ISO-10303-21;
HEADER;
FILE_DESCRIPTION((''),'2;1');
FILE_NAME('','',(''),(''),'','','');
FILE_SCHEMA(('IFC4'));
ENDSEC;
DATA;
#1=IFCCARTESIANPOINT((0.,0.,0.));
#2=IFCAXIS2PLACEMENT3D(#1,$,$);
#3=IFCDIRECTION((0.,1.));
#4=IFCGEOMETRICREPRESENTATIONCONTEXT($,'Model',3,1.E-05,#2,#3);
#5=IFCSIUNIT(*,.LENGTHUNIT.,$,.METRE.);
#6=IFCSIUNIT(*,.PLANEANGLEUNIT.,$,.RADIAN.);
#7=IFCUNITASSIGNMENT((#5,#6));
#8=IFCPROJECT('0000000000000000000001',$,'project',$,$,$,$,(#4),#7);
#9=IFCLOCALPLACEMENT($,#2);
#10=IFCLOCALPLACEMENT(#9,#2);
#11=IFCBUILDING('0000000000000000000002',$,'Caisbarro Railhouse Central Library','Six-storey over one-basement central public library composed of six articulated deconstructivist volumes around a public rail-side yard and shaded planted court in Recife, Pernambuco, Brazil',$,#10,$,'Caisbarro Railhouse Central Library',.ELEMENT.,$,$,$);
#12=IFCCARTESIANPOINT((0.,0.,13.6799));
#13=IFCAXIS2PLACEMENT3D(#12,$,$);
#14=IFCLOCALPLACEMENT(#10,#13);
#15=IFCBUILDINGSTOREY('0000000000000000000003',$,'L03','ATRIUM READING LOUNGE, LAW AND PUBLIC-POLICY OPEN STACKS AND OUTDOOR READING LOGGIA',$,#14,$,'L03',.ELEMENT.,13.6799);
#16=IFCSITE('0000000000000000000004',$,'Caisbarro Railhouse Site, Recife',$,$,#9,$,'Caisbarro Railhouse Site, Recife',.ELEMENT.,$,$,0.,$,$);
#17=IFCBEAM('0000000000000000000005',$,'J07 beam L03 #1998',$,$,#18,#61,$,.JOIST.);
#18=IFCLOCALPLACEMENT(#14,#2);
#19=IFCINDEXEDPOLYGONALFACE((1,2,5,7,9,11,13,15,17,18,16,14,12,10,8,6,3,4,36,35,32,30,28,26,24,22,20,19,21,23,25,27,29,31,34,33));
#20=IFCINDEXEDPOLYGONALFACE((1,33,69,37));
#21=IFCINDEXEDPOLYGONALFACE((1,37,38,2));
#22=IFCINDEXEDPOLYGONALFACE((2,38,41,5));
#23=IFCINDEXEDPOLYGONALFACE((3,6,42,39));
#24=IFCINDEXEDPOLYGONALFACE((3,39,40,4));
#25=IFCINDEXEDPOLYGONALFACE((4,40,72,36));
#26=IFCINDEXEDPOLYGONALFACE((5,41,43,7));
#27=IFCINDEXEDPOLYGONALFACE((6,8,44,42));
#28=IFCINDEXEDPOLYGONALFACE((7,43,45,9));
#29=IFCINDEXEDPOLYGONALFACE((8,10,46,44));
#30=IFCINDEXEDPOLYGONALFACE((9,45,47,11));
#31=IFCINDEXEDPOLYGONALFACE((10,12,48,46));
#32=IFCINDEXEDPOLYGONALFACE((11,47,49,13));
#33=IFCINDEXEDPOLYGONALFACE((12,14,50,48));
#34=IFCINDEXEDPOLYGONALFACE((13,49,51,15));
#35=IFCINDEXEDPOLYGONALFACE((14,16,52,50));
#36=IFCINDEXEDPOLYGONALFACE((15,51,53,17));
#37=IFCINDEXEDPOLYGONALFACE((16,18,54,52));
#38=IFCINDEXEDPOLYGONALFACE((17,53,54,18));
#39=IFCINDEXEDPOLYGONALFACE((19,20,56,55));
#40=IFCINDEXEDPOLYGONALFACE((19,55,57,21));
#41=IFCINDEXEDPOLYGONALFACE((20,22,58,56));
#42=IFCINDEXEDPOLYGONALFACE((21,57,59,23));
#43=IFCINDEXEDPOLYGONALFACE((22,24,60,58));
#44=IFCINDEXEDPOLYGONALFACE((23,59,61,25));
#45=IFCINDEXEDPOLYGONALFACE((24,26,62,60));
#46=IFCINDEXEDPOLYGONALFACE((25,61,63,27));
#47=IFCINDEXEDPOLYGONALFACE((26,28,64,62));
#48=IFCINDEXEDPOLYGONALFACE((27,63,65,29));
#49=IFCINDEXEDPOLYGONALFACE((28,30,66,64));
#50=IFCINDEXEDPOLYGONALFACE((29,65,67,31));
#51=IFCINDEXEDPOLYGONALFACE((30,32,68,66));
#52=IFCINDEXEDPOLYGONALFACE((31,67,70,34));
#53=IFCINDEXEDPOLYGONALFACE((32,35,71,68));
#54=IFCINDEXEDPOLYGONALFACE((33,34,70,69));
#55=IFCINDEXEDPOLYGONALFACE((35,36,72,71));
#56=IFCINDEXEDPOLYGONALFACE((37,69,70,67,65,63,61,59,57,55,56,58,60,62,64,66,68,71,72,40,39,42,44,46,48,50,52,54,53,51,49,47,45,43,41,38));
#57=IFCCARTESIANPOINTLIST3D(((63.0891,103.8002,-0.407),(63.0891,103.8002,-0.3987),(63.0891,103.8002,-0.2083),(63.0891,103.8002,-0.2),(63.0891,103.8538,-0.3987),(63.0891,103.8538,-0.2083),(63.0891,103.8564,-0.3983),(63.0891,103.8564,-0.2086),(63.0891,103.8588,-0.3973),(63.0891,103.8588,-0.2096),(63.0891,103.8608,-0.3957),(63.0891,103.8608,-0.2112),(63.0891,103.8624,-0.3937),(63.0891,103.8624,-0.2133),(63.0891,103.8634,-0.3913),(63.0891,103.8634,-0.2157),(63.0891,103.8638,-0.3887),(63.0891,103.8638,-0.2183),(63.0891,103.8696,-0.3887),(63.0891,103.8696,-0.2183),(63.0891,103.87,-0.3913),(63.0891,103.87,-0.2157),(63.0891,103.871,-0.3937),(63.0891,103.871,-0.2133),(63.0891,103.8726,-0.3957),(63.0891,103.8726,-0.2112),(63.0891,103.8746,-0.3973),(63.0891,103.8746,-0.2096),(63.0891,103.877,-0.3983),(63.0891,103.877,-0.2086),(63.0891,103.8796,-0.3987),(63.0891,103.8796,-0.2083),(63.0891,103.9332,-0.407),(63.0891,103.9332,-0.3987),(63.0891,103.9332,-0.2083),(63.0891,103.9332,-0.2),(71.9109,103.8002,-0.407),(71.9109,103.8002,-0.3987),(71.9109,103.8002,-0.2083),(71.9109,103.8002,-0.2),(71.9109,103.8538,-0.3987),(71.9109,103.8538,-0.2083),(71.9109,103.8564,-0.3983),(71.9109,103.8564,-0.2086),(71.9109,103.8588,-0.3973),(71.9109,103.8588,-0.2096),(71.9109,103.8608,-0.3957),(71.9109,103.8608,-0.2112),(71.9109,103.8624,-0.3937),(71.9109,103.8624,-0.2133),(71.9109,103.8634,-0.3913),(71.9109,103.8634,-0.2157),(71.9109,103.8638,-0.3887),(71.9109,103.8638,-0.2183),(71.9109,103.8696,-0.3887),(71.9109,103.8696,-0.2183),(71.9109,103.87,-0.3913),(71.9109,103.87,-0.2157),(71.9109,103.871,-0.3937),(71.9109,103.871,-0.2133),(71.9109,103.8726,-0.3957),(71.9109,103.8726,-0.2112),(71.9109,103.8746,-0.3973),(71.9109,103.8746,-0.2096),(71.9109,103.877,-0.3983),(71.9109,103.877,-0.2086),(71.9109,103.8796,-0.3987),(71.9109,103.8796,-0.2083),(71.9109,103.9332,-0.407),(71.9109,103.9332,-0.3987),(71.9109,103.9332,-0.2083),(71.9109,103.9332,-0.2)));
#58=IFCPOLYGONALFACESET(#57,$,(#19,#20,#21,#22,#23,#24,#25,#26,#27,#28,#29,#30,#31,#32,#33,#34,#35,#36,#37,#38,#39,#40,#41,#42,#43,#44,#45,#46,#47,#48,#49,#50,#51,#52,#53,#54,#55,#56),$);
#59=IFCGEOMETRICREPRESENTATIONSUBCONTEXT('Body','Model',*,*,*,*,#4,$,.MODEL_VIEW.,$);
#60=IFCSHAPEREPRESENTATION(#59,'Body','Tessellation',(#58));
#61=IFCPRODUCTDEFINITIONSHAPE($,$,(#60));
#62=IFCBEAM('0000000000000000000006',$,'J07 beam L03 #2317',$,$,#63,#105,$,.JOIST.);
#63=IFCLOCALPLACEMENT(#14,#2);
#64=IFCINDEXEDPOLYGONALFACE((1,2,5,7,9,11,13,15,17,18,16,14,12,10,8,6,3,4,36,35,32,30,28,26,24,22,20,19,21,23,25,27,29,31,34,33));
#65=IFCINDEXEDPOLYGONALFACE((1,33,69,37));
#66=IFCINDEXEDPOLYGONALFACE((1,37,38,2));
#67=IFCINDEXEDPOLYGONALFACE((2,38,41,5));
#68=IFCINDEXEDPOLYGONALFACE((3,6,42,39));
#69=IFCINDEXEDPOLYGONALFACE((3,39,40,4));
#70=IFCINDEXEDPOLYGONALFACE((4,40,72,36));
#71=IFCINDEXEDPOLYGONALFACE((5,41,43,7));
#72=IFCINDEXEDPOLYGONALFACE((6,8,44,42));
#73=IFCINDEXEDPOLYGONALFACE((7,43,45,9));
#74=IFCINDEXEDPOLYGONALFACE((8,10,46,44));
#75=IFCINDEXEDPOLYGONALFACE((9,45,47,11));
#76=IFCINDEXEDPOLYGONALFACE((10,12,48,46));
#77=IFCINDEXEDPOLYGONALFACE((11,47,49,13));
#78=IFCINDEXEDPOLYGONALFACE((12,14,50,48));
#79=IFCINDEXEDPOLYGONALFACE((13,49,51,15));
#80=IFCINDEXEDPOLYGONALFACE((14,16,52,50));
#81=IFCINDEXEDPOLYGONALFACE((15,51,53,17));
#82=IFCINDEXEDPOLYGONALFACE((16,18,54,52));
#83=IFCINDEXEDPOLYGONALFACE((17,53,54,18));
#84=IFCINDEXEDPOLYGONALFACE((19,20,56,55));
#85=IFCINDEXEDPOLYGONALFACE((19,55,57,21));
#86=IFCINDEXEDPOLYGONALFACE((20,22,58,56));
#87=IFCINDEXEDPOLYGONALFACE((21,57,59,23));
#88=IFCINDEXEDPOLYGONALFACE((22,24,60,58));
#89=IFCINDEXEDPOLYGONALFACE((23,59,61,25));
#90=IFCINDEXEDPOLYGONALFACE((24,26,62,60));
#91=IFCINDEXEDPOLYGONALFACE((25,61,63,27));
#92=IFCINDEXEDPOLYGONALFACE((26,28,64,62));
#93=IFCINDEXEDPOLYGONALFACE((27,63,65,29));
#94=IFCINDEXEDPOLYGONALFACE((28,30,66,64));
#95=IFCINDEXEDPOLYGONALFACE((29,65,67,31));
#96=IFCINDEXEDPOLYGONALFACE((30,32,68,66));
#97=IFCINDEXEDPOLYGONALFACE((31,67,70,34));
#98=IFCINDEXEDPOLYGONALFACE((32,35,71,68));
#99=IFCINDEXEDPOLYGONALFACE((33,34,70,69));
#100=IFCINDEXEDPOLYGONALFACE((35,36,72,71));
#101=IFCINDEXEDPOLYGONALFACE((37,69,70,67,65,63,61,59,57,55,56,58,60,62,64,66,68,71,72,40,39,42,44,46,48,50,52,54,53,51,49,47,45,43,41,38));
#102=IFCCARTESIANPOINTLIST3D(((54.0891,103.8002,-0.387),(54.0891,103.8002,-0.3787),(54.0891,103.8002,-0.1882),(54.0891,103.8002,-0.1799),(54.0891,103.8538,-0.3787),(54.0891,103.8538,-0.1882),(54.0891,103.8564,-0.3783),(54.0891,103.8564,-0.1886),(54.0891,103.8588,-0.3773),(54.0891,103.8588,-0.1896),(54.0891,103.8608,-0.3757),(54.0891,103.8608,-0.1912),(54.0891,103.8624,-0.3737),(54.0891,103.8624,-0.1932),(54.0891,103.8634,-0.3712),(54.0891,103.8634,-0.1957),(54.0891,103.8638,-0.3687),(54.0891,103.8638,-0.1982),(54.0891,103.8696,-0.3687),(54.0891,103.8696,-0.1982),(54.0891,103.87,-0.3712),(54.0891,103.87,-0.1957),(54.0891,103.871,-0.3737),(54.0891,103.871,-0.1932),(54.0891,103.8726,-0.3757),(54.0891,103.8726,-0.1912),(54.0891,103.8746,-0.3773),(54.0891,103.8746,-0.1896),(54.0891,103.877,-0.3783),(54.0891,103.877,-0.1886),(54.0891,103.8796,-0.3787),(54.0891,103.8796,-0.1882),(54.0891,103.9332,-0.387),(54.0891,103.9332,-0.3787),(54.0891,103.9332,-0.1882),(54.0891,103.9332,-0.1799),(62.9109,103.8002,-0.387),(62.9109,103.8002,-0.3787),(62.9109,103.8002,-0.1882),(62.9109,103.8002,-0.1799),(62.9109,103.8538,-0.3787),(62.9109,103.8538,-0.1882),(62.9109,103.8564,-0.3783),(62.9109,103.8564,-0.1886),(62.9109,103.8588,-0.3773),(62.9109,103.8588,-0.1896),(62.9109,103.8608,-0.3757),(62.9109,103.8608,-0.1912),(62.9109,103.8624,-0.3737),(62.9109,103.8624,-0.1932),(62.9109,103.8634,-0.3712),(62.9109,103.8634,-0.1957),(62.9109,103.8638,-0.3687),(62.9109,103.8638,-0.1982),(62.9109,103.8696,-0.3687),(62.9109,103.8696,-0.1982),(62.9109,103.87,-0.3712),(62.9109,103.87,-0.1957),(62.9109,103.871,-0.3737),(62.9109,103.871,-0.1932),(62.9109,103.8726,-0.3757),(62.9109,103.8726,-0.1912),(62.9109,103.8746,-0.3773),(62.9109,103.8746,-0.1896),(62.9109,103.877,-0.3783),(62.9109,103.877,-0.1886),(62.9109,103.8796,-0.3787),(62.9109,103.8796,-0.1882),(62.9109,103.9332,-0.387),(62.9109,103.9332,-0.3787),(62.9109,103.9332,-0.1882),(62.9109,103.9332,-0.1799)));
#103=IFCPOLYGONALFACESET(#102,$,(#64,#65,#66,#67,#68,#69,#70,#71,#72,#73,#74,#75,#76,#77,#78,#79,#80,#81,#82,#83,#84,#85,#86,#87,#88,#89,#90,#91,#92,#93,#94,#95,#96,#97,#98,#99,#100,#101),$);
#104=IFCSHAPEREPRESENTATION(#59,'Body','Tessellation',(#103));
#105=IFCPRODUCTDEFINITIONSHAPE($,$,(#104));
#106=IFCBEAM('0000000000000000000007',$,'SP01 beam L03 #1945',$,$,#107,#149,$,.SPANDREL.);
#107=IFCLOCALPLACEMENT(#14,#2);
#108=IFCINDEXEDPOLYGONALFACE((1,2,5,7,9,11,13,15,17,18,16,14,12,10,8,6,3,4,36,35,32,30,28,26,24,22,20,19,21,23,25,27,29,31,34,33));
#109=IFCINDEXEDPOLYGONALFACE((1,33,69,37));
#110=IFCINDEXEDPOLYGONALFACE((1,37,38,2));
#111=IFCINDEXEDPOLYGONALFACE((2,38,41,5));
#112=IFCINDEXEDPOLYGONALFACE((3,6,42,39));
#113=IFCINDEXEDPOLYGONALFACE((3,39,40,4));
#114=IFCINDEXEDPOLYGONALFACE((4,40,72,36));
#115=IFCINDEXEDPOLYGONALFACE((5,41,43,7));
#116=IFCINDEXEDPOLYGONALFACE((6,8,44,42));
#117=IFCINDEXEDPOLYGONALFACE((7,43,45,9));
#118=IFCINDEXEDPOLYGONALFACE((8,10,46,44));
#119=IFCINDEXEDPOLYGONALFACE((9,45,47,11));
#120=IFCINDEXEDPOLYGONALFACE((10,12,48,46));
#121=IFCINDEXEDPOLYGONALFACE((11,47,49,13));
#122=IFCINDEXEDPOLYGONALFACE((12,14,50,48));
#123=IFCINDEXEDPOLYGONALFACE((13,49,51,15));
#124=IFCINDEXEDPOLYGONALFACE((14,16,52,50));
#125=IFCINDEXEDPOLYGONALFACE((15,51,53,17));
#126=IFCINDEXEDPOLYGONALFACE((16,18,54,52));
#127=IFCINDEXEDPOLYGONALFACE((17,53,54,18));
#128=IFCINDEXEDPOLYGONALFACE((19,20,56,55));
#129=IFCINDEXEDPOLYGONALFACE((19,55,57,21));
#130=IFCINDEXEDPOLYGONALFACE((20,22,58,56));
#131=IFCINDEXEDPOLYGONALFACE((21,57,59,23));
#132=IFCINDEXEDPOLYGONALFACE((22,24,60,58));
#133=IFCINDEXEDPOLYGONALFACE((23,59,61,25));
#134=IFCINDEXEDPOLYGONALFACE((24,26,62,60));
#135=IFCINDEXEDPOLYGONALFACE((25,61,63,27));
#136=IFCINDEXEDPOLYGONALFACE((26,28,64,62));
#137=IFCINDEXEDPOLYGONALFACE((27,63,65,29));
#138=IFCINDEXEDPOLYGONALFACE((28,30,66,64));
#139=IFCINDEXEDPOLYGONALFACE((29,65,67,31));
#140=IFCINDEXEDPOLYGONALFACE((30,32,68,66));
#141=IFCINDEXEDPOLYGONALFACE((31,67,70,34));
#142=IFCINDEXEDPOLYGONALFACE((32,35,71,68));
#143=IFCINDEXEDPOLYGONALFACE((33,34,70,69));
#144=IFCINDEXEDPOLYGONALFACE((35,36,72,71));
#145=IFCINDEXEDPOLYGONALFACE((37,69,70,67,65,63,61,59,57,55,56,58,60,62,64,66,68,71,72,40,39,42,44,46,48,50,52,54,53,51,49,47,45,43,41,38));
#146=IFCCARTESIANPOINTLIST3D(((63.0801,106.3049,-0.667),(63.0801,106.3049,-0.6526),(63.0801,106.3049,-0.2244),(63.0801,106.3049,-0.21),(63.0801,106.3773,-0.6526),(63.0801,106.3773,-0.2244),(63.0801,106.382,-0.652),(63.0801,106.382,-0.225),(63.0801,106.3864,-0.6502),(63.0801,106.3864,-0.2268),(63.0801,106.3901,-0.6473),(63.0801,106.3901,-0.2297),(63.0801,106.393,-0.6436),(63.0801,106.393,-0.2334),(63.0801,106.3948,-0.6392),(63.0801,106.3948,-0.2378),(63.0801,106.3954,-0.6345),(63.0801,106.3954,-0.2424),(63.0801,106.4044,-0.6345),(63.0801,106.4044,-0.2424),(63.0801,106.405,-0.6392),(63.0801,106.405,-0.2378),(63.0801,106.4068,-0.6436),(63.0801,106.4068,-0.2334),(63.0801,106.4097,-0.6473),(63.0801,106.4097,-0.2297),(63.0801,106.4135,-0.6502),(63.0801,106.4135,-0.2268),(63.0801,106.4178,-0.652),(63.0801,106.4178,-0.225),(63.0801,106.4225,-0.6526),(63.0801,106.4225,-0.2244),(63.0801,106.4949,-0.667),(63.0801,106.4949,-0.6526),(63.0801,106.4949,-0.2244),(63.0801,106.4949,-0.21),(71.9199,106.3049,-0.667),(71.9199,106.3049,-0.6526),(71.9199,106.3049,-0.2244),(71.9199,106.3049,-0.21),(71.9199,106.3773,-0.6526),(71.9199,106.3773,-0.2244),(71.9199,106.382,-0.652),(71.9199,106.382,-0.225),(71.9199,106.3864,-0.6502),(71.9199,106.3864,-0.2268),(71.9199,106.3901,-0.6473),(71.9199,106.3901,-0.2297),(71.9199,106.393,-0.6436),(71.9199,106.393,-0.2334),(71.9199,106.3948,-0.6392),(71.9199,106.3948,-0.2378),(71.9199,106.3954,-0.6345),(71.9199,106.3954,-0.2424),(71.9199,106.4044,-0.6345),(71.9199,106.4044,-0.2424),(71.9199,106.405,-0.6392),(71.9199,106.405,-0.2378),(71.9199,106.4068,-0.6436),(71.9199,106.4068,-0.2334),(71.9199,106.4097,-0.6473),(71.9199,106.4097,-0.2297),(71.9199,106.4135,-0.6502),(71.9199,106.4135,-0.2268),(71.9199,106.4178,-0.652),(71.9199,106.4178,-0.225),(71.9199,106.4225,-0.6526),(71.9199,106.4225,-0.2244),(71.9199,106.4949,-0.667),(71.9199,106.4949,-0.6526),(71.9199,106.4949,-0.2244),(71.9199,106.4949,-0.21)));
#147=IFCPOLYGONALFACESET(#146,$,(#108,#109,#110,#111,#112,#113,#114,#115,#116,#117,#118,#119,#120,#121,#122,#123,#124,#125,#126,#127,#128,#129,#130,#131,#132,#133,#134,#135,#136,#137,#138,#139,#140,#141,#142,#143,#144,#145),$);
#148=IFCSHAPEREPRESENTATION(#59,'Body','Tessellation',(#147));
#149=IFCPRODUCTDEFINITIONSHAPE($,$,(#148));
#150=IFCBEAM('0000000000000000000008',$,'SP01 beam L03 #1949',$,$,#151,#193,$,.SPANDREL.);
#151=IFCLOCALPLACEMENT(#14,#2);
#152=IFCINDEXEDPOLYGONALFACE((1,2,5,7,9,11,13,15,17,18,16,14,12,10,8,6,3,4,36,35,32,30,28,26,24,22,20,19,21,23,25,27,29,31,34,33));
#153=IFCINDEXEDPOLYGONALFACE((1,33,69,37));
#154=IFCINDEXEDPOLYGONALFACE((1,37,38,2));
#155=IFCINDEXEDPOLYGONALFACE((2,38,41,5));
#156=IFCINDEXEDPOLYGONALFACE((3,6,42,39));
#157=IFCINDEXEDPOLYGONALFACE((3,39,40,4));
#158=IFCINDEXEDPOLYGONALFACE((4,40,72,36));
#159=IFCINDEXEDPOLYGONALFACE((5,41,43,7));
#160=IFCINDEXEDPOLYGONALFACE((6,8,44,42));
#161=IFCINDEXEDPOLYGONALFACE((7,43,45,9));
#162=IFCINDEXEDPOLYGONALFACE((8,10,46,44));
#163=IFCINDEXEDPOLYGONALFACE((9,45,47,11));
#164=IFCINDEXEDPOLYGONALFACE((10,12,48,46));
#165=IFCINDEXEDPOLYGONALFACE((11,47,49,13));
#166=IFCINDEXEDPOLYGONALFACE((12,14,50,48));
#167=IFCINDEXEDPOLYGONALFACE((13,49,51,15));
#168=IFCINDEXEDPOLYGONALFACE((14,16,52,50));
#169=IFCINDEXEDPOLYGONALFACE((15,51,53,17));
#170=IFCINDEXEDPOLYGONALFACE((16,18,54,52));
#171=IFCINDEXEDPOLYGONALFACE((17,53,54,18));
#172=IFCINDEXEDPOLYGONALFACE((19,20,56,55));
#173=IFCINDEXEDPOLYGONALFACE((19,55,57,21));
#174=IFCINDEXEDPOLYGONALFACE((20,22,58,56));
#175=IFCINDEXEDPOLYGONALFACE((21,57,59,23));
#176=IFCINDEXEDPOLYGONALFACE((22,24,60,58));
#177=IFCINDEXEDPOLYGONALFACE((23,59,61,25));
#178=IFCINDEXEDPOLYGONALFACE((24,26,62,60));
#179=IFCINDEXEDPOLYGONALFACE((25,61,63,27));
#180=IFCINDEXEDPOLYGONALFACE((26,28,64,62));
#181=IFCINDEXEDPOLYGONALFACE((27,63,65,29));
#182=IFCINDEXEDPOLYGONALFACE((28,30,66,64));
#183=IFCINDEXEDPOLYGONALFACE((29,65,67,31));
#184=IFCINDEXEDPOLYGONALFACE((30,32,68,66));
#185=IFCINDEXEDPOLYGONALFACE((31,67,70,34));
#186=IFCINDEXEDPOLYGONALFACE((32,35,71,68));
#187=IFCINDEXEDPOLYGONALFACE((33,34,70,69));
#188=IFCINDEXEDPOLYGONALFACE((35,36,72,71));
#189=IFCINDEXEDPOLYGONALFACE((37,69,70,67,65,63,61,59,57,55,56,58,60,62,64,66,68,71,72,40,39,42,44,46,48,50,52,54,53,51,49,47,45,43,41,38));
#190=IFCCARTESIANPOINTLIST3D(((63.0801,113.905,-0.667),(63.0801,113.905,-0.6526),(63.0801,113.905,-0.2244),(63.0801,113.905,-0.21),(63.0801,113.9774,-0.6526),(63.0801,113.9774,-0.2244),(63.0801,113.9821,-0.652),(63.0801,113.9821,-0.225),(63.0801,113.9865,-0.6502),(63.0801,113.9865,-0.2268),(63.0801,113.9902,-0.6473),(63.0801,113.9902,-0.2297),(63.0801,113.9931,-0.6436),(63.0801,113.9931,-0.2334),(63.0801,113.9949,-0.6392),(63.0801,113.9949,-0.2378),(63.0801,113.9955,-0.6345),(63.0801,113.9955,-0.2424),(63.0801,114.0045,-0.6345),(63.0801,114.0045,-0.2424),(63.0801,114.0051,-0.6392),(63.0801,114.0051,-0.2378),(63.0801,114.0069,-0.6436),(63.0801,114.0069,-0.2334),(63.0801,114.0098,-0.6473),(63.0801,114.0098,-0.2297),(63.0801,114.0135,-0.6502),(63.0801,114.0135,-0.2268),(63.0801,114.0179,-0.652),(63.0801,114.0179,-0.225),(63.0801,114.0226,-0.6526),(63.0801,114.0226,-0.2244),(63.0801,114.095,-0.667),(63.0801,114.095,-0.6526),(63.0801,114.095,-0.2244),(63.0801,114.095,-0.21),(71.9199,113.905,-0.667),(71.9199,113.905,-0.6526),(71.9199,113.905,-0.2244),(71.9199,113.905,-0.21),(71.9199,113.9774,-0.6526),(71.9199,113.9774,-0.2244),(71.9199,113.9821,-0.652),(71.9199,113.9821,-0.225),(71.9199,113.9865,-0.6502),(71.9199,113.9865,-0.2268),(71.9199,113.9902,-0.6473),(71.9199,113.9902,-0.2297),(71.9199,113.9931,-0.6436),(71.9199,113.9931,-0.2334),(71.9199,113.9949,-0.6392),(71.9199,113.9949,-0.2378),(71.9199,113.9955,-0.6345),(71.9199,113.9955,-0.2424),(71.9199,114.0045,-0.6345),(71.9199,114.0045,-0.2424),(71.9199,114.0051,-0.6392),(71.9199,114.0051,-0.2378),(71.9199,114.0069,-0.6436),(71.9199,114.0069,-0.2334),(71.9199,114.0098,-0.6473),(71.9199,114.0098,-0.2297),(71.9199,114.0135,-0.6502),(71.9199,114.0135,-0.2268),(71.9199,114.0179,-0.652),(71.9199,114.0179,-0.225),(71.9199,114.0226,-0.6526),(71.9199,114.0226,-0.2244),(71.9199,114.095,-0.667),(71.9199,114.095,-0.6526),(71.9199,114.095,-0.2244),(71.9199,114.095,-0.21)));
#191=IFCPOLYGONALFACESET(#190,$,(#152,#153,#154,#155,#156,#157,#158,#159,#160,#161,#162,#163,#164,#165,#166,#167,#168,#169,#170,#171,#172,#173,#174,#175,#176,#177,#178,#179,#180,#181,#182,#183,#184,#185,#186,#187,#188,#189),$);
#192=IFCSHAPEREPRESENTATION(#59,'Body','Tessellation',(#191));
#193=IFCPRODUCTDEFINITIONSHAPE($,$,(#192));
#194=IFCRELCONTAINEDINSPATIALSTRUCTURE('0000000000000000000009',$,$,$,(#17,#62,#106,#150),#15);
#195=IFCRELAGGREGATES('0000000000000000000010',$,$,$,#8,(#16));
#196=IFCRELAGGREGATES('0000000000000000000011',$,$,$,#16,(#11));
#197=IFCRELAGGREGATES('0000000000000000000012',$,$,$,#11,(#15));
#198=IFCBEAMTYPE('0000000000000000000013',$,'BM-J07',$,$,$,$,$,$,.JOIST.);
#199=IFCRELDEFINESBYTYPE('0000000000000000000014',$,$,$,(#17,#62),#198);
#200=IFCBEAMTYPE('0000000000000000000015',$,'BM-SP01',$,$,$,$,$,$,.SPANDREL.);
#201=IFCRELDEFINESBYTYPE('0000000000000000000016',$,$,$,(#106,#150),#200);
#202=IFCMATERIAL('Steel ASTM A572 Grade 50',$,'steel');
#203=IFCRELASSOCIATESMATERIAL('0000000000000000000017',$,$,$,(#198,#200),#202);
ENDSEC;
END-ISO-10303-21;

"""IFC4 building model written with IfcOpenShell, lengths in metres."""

from ifc_helpers import new_model, si_unit, direction, frame, origin, origin_2d, place, context, subcontext, project, spatial, i_section, extrude, material, material_profile, profile_set, type_object, element, save


model = new_model("IFC4")

# Units and contexts
model_context = context("Model", 3, precision=1e-05, world=origin(), true_north=direction((0.0, 1.0)))
body_context = subcontext(model_context, "Body", "Model", "MODEL_VIEW")
ifc_project = project(units=[si_unit("LENGTHUNIT", "METRE"), si_unit("PLANEANGLEUNIT", "RADIAN")], contexts=[model_context])

# Site, building, storey
site_placement = place(None, origin())
site = spatial("IfcSite", under=ifc_project, at=site_placement, Name="Caisbarro Railhouse Site, Recife", LongName="Caisbarro Railhouse Site, Recife", CompositionType="ELEMENT", RefElevation=0.0)
building_placement = place(site_placement, origin())
building = spatial("IfcBuilding", under=site, at=building_placement, Name="Caisbarro Railhouse Central Library", Description="Six-storey over one-basement central public library composed of six articulated deconstructivist volumes around a public rail-side yard and shaded planted court in Recife, Pernambuco, Brazil", LongName="Caisbarro Railhouse Central Library", CompositionType="ELEMENT")
storey_placement = place(building_placement, frame((0.0, 0.0, 13.6799)))
storey = spatial("IfcBuildingStorey", under=building, at=storey_placement, Name="L03", Description="ATRIUM READING LOUNGE, LAW AND PUBLIC-POLICY OPEN STACKS AND OUTDOOR READING LOGGIA", LongName="L03", CompositionType="ELEMENT", Elevation=13.6799)

# Shared definitions
ifc_material_1 = material(Name="Steel ASTM A572 Grade 50", Category="steel")

# Beams
ifc_material_profile_1 = material_profile(ifc_material_1, i_section(OverallWidth=0.1331, OverallDepth=0.207, WebThickness=0.0059, FlangeThickness=0.0083, FilletRadius=0.01, at=origin_2d()), Name="W200X26.6")
ifc_profile_set_1 = profile_set([ifc_material_profile_1], Name="Steel ASTM A572 Grade 50")
beam_type_1 = type_object("IfcBeamType", Name="BM-J07", PredefinedType="JOIST", material=ifc_profile_set_1)
for number, where, z_axis, x_axis, name in (
    (1, (63.0891, 103.8667, -0.3035), (1.0, 0.0, 0.0), (0.0, 1.0, 0.0), "J07 beam L03 #1998"),
    (2, (54.0891, 103.8667, -0.2834), (1.0, 0.0, 0.0), (0.0, 1.0, 0.0), "J07 beam L03 #2317"),
):
    element("IfcBeam", number, at=place(storey_placement, frame(where, z_axis=z_axis, x_axis=x_axis)), inside=storey, type_object=beam_type_1, Name=name, PredefinedType="JOIST", context=body_context, shape_type="SweptSolid", body=[
        extrude(i_section(OverallWidth=0.1331, OverallDepth=0.207, WebThickness=0.0059, FlangeThickness=0.0083, FilletRadius=0.01, at=origin_2d()), origin(), (0.0, 0.0, 1.0), 8.8218),
    ])
ifc_material_profile_2 = material_profile(ifc_material_1, i_section(OverallWidth=0.1899, OverallDepth=0.457, WebThickness=0.009, FlangeThickness=0.0144, FilletRadius=0.0181, at=origin_2d()), Name="W460X74.0")
ifc_profile_set_2 = profile_set([ifc_material_profile_2], Name="Steel ASTM A572 Grade 50")
beam_type_2 = type_object("IfcBeamType", Name="BM-SP01", PredefinedType="SPANDREL", material=ifc_profile_set_2)
for number, where, z_axis, x_axis, name in (
    (3, (63.0801, 106.3999, -0.4385), (1.0, 0.0, 0.0), (0.0, 1.0, 0.0), "SP01 beam L03 #1945"),
    (4, (63.0801, 114.0, -0.4385), (1.0, 0.0, 0.0), (0.0, 1.0, 0.0), "SP01 beam L03 #1949"),
):
    element("IfcBeam", number, at=place(storey_placement, frame(where, z_axis=z_axis, x_axis=x_axis)), inside=storey, type_object=beam_type_2, Name=name, PredefinedType="SPANDREL", context=body_context, shape_type="SweptSolid", body=[
        extrude(i_section(OverallWidth=0.1899, OverallDepth=0.457, WebThickness=0.009, FlangeThickness=0.0144, FilletRadius=0.0181, at=origin_2d()), origin(), (0.0, 0.0, 1.0), 8.8398),
    ])

save(model, "model.ifc")
